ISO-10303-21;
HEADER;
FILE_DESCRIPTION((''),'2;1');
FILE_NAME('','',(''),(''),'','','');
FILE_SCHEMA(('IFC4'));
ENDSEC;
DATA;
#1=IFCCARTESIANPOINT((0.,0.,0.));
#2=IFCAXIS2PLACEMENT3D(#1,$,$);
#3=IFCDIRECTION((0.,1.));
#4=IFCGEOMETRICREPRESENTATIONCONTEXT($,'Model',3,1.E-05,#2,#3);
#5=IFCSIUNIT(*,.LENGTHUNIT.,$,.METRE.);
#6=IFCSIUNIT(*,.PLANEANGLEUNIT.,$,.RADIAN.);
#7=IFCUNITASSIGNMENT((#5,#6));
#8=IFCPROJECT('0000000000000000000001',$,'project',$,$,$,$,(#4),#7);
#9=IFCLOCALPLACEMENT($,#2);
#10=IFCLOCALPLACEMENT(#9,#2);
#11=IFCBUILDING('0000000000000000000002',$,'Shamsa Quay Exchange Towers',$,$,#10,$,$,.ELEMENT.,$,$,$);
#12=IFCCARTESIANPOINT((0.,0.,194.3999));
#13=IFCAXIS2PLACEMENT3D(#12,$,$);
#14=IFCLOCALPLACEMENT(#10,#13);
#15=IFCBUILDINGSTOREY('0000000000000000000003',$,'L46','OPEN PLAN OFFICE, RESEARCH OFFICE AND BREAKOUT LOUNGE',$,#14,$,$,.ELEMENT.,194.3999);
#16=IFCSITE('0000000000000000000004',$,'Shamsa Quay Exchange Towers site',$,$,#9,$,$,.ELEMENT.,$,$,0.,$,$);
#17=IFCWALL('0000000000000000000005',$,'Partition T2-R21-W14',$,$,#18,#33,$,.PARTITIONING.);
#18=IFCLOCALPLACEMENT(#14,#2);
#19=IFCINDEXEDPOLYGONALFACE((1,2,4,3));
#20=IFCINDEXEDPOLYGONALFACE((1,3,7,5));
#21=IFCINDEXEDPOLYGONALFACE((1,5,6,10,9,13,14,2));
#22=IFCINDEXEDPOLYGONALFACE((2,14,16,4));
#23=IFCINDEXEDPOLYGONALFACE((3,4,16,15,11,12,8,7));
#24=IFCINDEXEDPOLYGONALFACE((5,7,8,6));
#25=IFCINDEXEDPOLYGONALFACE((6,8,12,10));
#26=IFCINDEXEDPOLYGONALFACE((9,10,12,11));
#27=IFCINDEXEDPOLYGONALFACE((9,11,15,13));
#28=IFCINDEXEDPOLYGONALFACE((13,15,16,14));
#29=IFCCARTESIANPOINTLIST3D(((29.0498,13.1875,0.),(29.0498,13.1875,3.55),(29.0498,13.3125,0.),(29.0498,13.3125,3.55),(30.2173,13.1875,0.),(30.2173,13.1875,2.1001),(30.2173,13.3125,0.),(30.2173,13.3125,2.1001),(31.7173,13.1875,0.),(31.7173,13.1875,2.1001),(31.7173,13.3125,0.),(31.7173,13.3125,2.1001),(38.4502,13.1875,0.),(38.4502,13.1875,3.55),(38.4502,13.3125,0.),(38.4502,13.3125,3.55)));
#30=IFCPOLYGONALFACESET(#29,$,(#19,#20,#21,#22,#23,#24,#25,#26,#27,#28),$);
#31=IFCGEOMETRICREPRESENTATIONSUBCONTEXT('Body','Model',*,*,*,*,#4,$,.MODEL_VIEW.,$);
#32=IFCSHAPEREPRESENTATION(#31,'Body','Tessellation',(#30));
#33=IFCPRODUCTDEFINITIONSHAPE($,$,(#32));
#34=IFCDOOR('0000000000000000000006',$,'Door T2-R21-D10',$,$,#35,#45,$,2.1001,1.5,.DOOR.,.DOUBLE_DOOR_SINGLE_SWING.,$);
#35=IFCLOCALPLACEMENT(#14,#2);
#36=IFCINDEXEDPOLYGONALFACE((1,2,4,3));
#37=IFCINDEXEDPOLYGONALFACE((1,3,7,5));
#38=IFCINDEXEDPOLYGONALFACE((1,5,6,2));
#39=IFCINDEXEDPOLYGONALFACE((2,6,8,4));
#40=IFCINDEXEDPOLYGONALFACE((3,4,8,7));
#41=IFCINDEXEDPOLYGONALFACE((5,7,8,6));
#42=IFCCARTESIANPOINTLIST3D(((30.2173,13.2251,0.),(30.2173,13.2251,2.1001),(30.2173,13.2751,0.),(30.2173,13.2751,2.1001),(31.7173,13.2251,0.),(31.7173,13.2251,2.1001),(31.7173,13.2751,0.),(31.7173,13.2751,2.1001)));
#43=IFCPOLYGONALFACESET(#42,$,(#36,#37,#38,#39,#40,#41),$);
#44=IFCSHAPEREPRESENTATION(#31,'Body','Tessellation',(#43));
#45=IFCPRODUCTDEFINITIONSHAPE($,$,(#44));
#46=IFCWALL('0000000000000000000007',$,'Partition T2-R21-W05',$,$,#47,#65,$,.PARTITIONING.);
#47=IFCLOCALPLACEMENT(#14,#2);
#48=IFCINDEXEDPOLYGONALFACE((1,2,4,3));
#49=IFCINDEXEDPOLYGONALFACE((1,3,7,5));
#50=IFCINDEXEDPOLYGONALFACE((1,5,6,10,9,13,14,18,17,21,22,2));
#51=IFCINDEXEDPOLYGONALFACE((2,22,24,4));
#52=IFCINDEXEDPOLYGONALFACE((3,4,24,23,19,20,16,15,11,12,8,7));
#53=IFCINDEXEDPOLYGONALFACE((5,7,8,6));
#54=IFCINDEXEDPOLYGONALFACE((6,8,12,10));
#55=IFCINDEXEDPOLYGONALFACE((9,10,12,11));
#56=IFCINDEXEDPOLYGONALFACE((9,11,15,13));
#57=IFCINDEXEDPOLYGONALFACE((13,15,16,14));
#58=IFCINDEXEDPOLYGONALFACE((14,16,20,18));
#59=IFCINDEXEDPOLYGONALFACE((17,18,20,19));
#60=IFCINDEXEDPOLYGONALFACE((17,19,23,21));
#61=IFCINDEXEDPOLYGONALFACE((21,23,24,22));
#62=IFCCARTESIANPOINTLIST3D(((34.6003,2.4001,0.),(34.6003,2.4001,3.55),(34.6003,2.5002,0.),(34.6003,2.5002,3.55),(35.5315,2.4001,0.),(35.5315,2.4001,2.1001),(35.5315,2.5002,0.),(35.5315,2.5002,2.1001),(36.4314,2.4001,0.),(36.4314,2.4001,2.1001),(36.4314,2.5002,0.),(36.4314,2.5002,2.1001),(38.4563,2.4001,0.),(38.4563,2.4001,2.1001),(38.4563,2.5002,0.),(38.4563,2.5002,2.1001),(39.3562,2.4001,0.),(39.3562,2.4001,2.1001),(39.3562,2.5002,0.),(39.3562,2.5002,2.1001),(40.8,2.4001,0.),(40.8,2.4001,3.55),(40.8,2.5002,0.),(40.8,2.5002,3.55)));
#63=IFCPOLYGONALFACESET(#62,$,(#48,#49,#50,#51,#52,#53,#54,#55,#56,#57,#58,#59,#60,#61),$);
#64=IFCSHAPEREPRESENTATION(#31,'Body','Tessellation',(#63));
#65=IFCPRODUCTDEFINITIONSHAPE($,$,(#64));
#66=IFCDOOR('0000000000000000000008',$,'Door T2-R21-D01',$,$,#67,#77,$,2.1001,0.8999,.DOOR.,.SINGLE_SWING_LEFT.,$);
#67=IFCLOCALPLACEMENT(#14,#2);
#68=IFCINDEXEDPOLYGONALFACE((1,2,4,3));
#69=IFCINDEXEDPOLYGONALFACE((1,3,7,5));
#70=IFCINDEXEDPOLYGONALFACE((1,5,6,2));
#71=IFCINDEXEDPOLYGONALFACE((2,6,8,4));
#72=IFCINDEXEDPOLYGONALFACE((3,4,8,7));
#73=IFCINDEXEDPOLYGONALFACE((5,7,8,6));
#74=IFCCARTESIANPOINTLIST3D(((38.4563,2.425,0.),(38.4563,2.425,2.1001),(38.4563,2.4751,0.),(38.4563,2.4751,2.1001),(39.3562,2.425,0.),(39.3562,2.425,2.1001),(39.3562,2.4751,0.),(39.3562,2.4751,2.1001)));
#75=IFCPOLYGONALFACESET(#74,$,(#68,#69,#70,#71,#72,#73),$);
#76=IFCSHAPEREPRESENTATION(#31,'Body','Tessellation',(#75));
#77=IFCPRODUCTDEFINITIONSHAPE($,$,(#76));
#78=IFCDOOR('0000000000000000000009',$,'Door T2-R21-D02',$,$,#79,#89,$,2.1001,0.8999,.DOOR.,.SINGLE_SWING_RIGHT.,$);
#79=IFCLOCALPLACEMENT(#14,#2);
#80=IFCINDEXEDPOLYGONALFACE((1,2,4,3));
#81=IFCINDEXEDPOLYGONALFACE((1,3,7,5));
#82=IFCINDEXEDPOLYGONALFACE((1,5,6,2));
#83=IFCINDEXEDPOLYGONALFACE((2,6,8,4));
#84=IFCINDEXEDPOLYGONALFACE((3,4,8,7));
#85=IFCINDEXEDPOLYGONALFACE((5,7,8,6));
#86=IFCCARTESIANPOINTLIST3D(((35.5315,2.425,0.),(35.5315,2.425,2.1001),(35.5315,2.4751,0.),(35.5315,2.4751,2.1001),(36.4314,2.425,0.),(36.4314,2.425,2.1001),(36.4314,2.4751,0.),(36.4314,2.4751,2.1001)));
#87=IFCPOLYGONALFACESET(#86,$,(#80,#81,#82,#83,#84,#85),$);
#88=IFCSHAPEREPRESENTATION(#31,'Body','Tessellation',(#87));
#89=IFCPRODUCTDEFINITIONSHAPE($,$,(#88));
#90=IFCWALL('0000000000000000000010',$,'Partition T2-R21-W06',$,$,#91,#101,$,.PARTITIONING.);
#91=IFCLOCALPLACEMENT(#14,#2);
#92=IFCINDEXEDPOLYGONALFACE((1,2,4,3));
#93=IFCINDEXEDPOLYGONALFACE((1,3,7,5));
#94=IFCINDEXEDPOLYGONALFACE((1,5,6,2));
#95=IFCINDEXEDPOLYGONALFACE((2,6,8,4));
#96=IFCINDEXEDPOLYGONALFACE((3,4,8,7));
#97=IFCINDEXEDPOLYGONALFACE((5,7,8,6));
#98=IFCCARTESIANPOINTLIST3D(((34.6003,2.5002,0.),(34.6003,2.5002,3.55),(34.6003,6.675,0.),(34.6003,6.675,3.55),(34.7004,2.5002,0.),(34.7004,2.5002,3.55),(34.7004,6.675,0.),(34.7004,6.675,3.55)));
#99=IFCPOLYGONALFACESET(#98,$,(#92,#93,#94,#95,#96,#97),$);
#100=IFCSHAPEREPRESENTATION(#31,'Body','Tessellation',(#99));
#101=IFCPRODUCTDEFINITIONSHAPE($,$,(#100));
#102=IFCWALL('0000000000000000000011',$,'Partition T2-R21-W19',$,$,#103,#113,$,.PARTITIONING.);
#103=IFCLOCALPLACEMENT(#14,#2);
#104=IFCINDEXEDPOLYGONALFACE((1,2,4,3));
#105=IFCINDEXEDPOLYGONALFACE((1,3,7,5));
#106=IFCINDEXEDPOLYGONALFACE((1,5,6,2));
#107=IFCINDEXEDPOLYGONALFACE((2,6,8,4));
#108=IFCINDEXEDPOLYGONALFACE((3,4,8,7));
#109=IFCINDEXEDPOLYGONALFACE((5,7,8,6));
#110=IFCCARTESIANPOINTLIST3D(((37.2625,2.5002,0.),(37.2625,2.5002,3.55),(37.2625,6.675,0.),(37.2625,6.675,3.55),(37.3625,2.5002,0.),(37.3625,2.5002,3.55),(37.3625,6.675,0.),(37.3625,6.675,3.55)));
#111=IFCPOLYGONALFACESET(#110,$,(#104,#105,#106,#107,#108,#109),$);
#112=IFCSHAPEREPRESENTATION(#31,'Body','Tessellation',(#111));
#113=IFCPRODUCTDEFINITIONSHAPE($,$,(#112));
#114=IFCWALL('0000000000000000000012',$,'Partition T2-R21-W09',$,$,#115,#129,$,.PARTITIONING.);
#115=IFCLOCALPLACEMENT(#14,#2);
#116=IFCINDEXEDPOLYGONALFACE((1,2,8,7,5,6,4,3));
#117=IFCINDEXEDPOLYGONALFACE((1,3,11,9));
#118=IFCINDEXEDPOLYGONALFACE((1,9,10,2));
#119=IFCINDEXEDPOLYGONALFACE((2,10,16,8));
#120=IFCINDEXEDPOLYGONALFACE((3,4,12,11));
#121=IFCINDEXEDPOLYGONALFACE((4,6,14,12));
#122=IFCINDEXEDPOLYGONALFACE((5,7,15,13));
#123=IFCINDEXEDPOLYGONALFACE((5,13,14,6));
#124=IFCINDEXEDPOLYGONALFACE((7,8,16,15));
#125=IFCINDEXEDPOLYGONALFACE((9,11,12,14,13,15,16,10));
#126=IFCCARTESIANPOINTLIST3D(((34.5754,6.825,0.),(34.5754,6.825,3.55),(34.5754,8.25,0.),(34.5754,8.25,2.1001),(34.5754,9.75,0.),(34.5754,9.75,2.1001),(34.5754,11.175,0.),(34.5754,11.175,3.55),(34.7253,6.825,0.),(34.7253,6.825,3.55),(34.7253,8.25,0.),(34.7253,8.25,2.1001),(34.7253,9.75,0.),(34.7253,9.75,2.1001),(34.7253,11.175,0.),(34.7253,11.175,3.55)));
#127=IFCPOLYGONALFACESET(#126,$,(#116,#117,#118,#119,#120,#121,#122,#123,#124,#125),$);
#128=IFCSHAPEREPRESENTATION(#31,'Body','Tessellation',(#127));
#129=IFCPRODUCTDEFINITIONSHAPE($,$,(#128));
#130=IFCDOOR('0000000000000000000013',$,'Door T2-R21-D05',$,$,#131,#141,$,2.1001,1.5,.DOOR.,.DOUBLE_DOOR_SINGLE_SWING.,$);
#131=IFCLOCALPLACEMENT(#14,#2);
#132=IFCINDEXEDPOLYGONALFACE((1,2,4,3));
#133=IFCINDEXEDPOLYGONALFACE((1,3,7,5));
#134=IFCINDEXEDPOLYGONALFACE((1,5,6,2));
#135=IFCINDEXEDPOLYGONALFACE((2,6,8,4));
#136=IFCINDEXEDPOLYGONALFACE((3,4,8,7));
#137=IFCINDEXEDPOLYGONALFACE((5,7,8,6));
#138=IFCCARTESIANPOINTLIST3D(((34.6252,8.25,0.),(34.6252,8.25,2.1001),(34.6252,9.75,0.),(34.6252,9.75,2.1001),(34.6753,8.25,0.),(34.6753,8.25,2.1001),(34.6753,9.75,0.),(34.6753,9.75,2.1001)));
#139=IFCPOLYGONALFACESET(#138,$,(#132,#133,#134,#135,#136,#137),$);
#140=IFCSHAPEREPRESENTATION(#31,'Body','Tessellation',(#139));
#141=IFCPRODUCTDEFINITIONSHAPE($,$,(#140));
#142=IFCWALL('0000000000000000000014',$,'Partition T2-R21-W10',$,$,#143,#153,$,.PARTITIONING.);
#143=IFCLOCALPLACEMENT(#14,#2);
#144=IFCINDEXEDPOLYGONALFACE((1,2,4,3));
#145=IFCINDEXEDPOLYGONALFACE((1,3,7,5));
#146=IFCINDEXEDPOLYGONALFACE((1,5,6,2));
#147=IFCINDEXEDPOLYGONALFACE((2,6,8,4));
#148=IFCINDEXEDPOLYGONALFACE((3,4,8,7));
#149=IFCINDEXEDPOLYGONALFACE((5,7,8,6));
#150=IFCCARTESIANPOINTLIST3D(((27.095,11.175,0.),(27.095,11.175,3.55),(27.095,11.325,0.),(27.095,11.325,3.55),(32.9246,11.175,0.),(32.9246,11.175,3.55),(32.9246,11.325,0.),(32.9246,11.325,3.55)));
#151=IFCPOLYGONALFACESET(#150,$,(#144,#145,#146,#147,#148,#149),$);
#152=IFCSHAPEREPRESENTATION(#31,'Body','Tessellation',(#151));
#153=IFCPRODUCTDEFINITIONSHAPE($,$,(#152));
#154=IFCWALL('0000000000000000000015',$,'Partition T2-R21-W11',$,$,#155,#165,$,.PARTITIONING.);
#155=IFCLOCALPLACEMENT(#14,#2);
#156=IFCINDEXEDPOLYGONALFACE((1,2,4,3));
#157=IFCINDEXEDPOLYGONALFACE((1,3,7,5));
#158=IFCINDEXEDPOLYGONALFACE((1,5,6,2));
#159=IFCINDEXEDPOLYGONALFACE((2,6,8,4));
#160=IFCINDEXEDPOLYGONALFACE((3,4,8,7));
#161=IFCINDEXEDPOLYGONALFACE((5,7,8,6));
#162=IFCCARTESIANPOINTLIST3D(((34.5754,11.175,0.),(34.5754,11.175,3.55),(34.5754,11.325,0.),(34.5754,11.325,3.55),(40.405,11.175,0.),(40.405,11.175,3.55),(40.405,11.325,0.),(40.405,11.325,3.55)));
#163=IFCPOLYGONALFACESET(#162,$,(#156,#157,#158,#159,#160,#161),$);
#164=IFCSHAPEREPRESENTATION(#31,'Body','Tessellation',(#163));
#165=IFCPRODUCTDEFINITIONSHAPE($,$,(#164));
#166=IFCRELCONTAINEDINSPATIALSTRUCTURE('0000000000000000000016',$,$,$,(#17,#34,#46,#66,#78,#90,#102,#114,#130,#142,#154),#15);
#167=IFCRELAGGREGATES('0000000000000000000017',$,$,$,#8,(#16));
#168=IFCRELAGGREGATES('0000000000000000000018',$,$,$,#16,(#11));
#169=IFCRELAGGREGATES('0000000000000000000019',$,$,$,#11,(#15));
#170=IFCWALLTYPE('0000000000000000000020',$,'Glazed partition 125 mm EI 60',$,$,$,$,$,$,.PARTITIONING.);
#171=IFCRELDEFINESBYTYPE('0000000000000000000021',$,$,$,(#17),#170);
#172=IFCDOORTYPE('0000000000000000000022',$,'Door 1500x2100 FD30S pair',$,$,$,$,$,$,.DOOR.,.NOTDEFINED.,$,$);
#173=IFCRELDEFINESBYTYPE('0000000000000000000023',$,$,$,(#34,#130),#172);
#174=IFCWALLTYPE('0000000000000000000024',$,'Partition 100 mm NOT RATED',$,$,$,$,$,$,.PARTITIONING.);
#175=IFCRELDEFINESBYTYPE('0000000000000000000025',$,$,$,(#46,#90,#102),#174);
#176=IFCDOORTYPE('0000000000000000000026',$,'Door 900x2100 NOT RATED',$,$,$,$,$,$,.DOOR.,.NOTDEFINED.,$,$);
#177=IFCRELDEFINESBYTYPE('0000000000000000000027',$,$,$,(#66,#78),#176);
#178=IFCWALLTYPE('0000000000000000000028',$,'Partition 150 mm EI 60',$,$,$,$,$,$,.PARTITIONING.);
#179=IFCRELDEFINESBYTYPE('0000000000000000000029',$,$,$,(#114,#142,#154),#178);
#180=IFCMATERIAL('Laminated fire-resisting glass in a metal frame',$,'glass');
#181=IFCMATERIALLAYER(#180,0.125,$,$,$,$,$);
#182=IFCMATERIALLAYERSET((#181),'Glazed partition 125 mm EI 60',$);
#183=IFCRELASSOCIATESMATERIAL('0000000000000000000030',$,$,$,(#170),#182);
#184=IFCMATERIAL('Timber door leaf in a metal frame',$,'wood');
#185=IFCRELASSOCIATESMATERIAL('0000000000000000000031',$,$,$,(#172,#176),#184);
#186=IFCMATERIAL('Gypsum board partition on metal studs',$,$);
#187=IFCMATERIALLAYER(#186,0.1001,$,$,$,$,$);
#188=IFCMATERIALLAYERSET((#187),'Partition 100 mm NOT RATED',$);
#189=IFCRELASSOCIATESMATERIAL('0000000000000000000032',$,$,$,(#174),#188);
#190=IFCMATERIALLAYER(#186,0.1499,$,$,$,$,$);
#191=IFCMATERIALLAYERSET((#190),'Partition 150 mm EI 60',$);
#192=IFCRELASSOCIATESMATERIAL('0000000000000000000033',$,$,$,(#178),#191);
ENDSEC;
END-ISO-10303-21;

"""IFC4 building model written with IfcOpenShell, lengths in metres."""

from ifc_helpers import new_model, si_unit, direction, frame, frame_2d, origin, place, context, subcontext, project, spatial, rectangle, extrude, material, layer, layer_set, type_object, element, fill, save


model = new_model("IFC4")

# Units and contexts
model_context = context("Model", 3, precision=1e-05, world=origin(), true_north=direction((0.0, 1.0)))
body_context = subcontext(model_context, "Body", "Model", "MODEL_VIEW")
ifc_project = project(units=[si_unit("LENGTHUNIT", "METRE"), si_unit("PLANEANGLEUNIT", "RADIAN")], contexts=[model_context])

# Site, building, storey
site_placement = place(None, origin())
site = spatial("IfcSite", under=ifc_project, at=site_placement, Name="Shamsa Quay Exchange Towers site", CompositionType="ELEMENT", RefElevation=0.0)
building_placement = place(site_placement, origin())
building = spatial("IfcBuilding", under=site, at=building_placement, Name="Shamsa Quay Exchange Towers", CompositionType="ELEMENT")
storey_placement = place(building_placement, frame((0.0, 0.0, 194.3999)))
storey = spatial("IfcBuildingStorey", under=building, at=storey_placement, Name="L46", Description="OPEN PLAN OFFICE, RESEARCH OFFICE AND BREAKOUT LOUNGE", CompositionType="ELEMENT", Elevation=194.3999)

# Wall, opening, door
ifc_material_1 = material(Name="Laminated fire-resisting glass in a metal frame", Category="glass")
ifc_layer_1 = layer(ifc_material_1, 0.125)
ifc_layer_set_1 = layer_set([ifc_layer_1], Name="Glazed partition 125 mm EI 60")
wall_type_1 = type_object("IfcWallType", Name="Glazed partition 125 mm EI 60", PredefinedType="PARTITIONING", material=ifc_layer_set_1)
ifc_material_2 = material(Name="Timber door leaf in a metal frame", Category="wood")
door_type_1 = type_object("IfcDoorType", Name="Door 1500x2100 FD30S pair", OperationType="NOTDEFINED", PredefinedType="DOOR", material=ifc_material_2)
wall_1_placement = place(storey_placement, frame((38.4502, 13.25, 0.0), z_axis=(0.0, 0.0, 1.0), x_axis=(-1.0, 0.0, 0.0)))
wall_1 = element("IfcWall", 1, at=wall_1_placement, inside=storey, type_object=wall_type_1, Name="Partition T2-R21-W14", PredefinedType="PARTITIONING", context=body_context, shape_type="SweptSolid", body=[
    extrude(rectangle(XDim=9.4004, YDim=0.125, at=frame_2d((4.7002, 0.0))), origin(), (0.0, 0.0, 1.0), 3.55),
])
opening_1_placement = place(wall_1_placement, frame((6.7329, 0.0, 0.0)))
opening_1 = element("IfcOpeningElement", 2, at=opening_1_placement, cuts=wall_1, PredefinedType="OPENING", context=body_context, shape_type="SweptSolid", body=[
    extrude(rectangle(XDim=1.5, YDim=2.1001, at=frame_2d((0.75, 1.05))), frame((0.0, 0.0725, 0.0), z_axis=(0.0, -1.0, 0.0), x_axis=(1.0, 0.0, 0.0)), (0.0, 0.0, 1.0), 0.145),
])
door_1_placement = place(opening_1_placement, origin())
door_1 = element("IfcDoor", 3, at=door_1_placement, inside=storey, type_object=door_type_1, Name="Door T2-R21-D10", OperationType="DOUBLE_DOOR_SINGLE_SWING", OverallHeight=2.1001, OverallWidth=1.5, PredefinedType="DOOR", context=body_context, shape_type="SweptSolid", body=[
    extrude(rectangle(XDim=1.5, YDim=2.1001, at=frame_2d((0.75, 1.05))), frame((0.0, 0.0249, 0.0), z_axis=(0.0, -1.0, 0.0), x_axis=(1.0, 0.0, 0.0)), (0.0, 0.0, 1.0), 0.05),
])
fill(opening_1, door_1)

# Wall, openings, doors
ifc_material_3 = material(Name="Gypsum board partition on metal studs")
ifc_layer_2 = layer(ifc_material_3, 0.1001)
ifc_layer_set_2 = layer_set([ifc_layer_2], Name="Partition 100 mm NOT RATED")
wall_type_2 = type_object("IfcWallType", Name="Partition 100 mm NOT RATED", PredefinedType="PARTITIONING", material=ifc_layer_set_2)
wall_2_placement = place(storey_placement, frame((34.6003, 2.4502, 0.0)))
wall_2 = element("IfcWall", 4, at=wall_2_placement, inside=storey, type_object=wall_type_2, Name="Partition T2-R21-W05", PredefinedType="PARTITIONING", context=body_context, shape_type="SweptSolid", body=[
    extrude(rectangle(XDim=6.1997, YDim=0.1001, at=frame_2d((3.0999, 0.0))), origin(), (0.0, 0.0, 1.0), 3.55),
])
opening_2_placement = place(wall_2_placement, frame((3.856, 0.0, 0.0)))
opening_2 = element("IfcOpeningElement", 5, at=opening_2_placement, cuts=wall_2, PredefinedType="OPENING", context=body_context, shape_type="SweptSolid", body=[
    extrude(rectangle(XDim=0.8999, YDim=2.1001, at=frame_2d((0.45, 1.05))), frame((0.0, 0.0601, 0.0), z_axis=(0.0, -1.0, 0.0), x_axis=(1.0, 0.0, 0.0)), (0.0, 0.0, 1.0), 0.1201),
])
opening_3_placement = place(wall_2_placement, frame((0.9312, 0.0, 0.0)))
opening_3 = element("IfcOpeningElement", 6, at=opening_3_placement, cuts=wall_2, PredefinedType="OPENING", context=body_context, shape_type="SweptSolid", body=[
    extrude(rectangle(XDim=0.8999, YDim=2.1001, at=frame_2d((0.45, 1.05))), frame((0.0, 0.0601, 0.0), z_axis=(0.0, -1.0, 0.0), x_axis=(1.0, 0.0, 0.0)), (0.0, 0.0, 1.0), 0.1201),
])
door_type_2 = type_object("IfcDoorType", Name="Door 900x2100 NOT RATED", OperationType="NOTDEFINED", PredefinedType="DOOR", material=ifc_material_2)
door_2_placement = place(opening_2_placement, origin())
door_2 = element("IfcDoor", 7, at=door_2_placement, inside=storey, type_object=door_type_2, Name="Door T2-R21-D01", OperationType="SINGLE_SWING_LEFT", OverallHeight=2.1001, OverallWidth=0.8999, PredefinedType="DOOR", context=body_context, shape_type="SweptSolid", body=[
    extrude(rectangle(XDim=0.8999, YDim=2.1001, at=frame_2d((0.45, 1.05))), frame((0.0, 0.0249, 0.0), z_axis=(0.0, -1.0, 0.0), x_axis=(1.0, 0.0, 0.0)), (0.0, 0.0, 1.0), 0.05),
])
fill(opening_2, door_2)
door_3_placement = place(opening_3_placement, origin())
door_3 = element("IfcDoor", 8, at=door_3_placement, inside=storey, type_object=door_type_2, Name="Door T2-R21-D02", OperationType="SINGLE_SWING_RIGHT", OverallHeight=2.1001, OverallWidth=0.8999, PredefinedType="DOOR", context=body_context, shape_type="SweptSolid", body=[
    extrude(rectangle(XDim=0.8999, YDim=2.1001, at=frame_2d((0.45, 1.05))), frame((0.0, 0.0249, 0.0), z_axis=(0.0, -1.0, 0.0), x_axis=(1.0, 0.0, 0.0)), (0.0, 0.0, 1.0), 0.05),
])
fill(opening_3, door_3)

# Walls
for number, where, z_axis, x_axis, name in (
    (9, (34.6504, 6.675, 0.0), (0.0, 0.0, 1.0), (0.0, -1.0, 0.0), "Partition T2-R21-W06"),
    (10, (37.3125, 6.675, 0.0), (0.0, 0.0, 1.0), (0.0, -1.0, 0.0), "Partition T2-R21-W19"),
):
    element("IfcWall", number, at=place(storey_placement, frame(where, z_axis=z_axis, x_axis=x_axis)), inside=storey, type_object=wall_type_2, Name=name, PredefinedType="PARTITIONING", context=body_context, shape_type="SweptSolid", body=[
        extrude(rectangle(XDim=4.1748, YDim=0.1001, at=frame_2d((2.0874, 0.0))), origin(), (0.0, 0.0, 1.0), 3.55),
    ])

# Wall, opening, door
ifc_layer_3 = layer(ifc_material_3, 0.1499)
ifc_layer_set_3 = layer_set([ifc_layer_3], Name="Partition 150 mm EI 60")
wall_type_3 = type_object("IfcWallType", Name="Partition 150 mm EI 60", PredefinedType="PARTITIONING", material=ifc_layer_set_3)
wall_3_placement = place(storey_placement, frame((34.6504, 11.175, 0.0), z_axis=(0.0, 0.0, 1.0), x_axis=(0.0, -1.0, 0.0)))
wall_3 = element("IfcWall", 11, at=wall_3_placement, inside=storey, type_object=wall_type_3, Name="Partition T2-R21-W09", PredefinedType="PARTITIONING", context=body_context, shape_type="SweptSolid", body=[
    extrude(rectangle(XDim=4.3501, YDim=0.1499, at=frame_2d((2.175, 0.0))), origin(), (0.0, 0.0, 1.0), 3.55),
])
opening_4_placement = place(wall_3_placement, frame((1.425, 0.0, 0.0)))
opening_4 = element("IfcOpeningElement", 12, at=opening_4_placement, cuts=wall_3, PredefinedType="OPENING", context=body_context, shape_type="SweptSolid", body=[
    extrude(rectangle(XDim=1.5, YDim=2.1001, at=frame_2d((0.75, 1.05))), frame((0.0, 0.085, 0.0), z_axis=(0.0, -1.0, 0.0), x_axis=(1.0, 0.0, 0.0)), (0.0, 0.0, 1.0), 0.1699),
])
door_4_placement = place(opening_4_placement, origin())
door_4 = element("IfcDoor", 13, at=door_4_placement, inside=storey, type_object=door_type_1, Name="Door T2-R21-D05", OperationType="DOUBLE_DOOR_SINGLE_SWING", OverallHeight=2.1001, OverallWidth=1.5, PredefinedType="DOOR", context=body_context, shape_type="SweptSolid", body=[
    extrude(rectangle(XDim=1.5, YDim=2.1001, at=frame_2d((0.75, 1.05))), frame((0.0, 0.0249, 0.0), z_axis=(0.0, -1.0, 0.0), x_axis=(1.0, 0.0, 0.0)), (0.0, 0.0, 1.0), 0.05),
])
fill(opening_4, door_4)

# Walls
for number, where, z_axis, x_axis, name in (
    (14, (32.9246, 11.25, 0.0), (0.0, 0.0, 1.0), (-1.0, 0.0, 0.0), "Partition T2-R21-W10"),
    (15, (40.405, 11.25, 0.0), (0.0, 0.0, 1.0), (-1.0, 0.0, 0.0), "Partition T2-R21-W11"),
):
    element("IfcWall", number, at=place(storey_placement, frame(where, z_axis=z_axis, x_axis=x_axis)), inside=storey, type_object=wall_type_3, Name=name, PredefinedType="PARTITIONING", context=body_context, shape_type="SweptSolid", body=[
        extrude(rectangle(XDim=5.8296, YDim=0.1499, at=frame_2d((2.9148, 0.0))), origin(), (0.0, 0.0, 1.0), 3.55),
    ])

save(model, "model.ifc")
